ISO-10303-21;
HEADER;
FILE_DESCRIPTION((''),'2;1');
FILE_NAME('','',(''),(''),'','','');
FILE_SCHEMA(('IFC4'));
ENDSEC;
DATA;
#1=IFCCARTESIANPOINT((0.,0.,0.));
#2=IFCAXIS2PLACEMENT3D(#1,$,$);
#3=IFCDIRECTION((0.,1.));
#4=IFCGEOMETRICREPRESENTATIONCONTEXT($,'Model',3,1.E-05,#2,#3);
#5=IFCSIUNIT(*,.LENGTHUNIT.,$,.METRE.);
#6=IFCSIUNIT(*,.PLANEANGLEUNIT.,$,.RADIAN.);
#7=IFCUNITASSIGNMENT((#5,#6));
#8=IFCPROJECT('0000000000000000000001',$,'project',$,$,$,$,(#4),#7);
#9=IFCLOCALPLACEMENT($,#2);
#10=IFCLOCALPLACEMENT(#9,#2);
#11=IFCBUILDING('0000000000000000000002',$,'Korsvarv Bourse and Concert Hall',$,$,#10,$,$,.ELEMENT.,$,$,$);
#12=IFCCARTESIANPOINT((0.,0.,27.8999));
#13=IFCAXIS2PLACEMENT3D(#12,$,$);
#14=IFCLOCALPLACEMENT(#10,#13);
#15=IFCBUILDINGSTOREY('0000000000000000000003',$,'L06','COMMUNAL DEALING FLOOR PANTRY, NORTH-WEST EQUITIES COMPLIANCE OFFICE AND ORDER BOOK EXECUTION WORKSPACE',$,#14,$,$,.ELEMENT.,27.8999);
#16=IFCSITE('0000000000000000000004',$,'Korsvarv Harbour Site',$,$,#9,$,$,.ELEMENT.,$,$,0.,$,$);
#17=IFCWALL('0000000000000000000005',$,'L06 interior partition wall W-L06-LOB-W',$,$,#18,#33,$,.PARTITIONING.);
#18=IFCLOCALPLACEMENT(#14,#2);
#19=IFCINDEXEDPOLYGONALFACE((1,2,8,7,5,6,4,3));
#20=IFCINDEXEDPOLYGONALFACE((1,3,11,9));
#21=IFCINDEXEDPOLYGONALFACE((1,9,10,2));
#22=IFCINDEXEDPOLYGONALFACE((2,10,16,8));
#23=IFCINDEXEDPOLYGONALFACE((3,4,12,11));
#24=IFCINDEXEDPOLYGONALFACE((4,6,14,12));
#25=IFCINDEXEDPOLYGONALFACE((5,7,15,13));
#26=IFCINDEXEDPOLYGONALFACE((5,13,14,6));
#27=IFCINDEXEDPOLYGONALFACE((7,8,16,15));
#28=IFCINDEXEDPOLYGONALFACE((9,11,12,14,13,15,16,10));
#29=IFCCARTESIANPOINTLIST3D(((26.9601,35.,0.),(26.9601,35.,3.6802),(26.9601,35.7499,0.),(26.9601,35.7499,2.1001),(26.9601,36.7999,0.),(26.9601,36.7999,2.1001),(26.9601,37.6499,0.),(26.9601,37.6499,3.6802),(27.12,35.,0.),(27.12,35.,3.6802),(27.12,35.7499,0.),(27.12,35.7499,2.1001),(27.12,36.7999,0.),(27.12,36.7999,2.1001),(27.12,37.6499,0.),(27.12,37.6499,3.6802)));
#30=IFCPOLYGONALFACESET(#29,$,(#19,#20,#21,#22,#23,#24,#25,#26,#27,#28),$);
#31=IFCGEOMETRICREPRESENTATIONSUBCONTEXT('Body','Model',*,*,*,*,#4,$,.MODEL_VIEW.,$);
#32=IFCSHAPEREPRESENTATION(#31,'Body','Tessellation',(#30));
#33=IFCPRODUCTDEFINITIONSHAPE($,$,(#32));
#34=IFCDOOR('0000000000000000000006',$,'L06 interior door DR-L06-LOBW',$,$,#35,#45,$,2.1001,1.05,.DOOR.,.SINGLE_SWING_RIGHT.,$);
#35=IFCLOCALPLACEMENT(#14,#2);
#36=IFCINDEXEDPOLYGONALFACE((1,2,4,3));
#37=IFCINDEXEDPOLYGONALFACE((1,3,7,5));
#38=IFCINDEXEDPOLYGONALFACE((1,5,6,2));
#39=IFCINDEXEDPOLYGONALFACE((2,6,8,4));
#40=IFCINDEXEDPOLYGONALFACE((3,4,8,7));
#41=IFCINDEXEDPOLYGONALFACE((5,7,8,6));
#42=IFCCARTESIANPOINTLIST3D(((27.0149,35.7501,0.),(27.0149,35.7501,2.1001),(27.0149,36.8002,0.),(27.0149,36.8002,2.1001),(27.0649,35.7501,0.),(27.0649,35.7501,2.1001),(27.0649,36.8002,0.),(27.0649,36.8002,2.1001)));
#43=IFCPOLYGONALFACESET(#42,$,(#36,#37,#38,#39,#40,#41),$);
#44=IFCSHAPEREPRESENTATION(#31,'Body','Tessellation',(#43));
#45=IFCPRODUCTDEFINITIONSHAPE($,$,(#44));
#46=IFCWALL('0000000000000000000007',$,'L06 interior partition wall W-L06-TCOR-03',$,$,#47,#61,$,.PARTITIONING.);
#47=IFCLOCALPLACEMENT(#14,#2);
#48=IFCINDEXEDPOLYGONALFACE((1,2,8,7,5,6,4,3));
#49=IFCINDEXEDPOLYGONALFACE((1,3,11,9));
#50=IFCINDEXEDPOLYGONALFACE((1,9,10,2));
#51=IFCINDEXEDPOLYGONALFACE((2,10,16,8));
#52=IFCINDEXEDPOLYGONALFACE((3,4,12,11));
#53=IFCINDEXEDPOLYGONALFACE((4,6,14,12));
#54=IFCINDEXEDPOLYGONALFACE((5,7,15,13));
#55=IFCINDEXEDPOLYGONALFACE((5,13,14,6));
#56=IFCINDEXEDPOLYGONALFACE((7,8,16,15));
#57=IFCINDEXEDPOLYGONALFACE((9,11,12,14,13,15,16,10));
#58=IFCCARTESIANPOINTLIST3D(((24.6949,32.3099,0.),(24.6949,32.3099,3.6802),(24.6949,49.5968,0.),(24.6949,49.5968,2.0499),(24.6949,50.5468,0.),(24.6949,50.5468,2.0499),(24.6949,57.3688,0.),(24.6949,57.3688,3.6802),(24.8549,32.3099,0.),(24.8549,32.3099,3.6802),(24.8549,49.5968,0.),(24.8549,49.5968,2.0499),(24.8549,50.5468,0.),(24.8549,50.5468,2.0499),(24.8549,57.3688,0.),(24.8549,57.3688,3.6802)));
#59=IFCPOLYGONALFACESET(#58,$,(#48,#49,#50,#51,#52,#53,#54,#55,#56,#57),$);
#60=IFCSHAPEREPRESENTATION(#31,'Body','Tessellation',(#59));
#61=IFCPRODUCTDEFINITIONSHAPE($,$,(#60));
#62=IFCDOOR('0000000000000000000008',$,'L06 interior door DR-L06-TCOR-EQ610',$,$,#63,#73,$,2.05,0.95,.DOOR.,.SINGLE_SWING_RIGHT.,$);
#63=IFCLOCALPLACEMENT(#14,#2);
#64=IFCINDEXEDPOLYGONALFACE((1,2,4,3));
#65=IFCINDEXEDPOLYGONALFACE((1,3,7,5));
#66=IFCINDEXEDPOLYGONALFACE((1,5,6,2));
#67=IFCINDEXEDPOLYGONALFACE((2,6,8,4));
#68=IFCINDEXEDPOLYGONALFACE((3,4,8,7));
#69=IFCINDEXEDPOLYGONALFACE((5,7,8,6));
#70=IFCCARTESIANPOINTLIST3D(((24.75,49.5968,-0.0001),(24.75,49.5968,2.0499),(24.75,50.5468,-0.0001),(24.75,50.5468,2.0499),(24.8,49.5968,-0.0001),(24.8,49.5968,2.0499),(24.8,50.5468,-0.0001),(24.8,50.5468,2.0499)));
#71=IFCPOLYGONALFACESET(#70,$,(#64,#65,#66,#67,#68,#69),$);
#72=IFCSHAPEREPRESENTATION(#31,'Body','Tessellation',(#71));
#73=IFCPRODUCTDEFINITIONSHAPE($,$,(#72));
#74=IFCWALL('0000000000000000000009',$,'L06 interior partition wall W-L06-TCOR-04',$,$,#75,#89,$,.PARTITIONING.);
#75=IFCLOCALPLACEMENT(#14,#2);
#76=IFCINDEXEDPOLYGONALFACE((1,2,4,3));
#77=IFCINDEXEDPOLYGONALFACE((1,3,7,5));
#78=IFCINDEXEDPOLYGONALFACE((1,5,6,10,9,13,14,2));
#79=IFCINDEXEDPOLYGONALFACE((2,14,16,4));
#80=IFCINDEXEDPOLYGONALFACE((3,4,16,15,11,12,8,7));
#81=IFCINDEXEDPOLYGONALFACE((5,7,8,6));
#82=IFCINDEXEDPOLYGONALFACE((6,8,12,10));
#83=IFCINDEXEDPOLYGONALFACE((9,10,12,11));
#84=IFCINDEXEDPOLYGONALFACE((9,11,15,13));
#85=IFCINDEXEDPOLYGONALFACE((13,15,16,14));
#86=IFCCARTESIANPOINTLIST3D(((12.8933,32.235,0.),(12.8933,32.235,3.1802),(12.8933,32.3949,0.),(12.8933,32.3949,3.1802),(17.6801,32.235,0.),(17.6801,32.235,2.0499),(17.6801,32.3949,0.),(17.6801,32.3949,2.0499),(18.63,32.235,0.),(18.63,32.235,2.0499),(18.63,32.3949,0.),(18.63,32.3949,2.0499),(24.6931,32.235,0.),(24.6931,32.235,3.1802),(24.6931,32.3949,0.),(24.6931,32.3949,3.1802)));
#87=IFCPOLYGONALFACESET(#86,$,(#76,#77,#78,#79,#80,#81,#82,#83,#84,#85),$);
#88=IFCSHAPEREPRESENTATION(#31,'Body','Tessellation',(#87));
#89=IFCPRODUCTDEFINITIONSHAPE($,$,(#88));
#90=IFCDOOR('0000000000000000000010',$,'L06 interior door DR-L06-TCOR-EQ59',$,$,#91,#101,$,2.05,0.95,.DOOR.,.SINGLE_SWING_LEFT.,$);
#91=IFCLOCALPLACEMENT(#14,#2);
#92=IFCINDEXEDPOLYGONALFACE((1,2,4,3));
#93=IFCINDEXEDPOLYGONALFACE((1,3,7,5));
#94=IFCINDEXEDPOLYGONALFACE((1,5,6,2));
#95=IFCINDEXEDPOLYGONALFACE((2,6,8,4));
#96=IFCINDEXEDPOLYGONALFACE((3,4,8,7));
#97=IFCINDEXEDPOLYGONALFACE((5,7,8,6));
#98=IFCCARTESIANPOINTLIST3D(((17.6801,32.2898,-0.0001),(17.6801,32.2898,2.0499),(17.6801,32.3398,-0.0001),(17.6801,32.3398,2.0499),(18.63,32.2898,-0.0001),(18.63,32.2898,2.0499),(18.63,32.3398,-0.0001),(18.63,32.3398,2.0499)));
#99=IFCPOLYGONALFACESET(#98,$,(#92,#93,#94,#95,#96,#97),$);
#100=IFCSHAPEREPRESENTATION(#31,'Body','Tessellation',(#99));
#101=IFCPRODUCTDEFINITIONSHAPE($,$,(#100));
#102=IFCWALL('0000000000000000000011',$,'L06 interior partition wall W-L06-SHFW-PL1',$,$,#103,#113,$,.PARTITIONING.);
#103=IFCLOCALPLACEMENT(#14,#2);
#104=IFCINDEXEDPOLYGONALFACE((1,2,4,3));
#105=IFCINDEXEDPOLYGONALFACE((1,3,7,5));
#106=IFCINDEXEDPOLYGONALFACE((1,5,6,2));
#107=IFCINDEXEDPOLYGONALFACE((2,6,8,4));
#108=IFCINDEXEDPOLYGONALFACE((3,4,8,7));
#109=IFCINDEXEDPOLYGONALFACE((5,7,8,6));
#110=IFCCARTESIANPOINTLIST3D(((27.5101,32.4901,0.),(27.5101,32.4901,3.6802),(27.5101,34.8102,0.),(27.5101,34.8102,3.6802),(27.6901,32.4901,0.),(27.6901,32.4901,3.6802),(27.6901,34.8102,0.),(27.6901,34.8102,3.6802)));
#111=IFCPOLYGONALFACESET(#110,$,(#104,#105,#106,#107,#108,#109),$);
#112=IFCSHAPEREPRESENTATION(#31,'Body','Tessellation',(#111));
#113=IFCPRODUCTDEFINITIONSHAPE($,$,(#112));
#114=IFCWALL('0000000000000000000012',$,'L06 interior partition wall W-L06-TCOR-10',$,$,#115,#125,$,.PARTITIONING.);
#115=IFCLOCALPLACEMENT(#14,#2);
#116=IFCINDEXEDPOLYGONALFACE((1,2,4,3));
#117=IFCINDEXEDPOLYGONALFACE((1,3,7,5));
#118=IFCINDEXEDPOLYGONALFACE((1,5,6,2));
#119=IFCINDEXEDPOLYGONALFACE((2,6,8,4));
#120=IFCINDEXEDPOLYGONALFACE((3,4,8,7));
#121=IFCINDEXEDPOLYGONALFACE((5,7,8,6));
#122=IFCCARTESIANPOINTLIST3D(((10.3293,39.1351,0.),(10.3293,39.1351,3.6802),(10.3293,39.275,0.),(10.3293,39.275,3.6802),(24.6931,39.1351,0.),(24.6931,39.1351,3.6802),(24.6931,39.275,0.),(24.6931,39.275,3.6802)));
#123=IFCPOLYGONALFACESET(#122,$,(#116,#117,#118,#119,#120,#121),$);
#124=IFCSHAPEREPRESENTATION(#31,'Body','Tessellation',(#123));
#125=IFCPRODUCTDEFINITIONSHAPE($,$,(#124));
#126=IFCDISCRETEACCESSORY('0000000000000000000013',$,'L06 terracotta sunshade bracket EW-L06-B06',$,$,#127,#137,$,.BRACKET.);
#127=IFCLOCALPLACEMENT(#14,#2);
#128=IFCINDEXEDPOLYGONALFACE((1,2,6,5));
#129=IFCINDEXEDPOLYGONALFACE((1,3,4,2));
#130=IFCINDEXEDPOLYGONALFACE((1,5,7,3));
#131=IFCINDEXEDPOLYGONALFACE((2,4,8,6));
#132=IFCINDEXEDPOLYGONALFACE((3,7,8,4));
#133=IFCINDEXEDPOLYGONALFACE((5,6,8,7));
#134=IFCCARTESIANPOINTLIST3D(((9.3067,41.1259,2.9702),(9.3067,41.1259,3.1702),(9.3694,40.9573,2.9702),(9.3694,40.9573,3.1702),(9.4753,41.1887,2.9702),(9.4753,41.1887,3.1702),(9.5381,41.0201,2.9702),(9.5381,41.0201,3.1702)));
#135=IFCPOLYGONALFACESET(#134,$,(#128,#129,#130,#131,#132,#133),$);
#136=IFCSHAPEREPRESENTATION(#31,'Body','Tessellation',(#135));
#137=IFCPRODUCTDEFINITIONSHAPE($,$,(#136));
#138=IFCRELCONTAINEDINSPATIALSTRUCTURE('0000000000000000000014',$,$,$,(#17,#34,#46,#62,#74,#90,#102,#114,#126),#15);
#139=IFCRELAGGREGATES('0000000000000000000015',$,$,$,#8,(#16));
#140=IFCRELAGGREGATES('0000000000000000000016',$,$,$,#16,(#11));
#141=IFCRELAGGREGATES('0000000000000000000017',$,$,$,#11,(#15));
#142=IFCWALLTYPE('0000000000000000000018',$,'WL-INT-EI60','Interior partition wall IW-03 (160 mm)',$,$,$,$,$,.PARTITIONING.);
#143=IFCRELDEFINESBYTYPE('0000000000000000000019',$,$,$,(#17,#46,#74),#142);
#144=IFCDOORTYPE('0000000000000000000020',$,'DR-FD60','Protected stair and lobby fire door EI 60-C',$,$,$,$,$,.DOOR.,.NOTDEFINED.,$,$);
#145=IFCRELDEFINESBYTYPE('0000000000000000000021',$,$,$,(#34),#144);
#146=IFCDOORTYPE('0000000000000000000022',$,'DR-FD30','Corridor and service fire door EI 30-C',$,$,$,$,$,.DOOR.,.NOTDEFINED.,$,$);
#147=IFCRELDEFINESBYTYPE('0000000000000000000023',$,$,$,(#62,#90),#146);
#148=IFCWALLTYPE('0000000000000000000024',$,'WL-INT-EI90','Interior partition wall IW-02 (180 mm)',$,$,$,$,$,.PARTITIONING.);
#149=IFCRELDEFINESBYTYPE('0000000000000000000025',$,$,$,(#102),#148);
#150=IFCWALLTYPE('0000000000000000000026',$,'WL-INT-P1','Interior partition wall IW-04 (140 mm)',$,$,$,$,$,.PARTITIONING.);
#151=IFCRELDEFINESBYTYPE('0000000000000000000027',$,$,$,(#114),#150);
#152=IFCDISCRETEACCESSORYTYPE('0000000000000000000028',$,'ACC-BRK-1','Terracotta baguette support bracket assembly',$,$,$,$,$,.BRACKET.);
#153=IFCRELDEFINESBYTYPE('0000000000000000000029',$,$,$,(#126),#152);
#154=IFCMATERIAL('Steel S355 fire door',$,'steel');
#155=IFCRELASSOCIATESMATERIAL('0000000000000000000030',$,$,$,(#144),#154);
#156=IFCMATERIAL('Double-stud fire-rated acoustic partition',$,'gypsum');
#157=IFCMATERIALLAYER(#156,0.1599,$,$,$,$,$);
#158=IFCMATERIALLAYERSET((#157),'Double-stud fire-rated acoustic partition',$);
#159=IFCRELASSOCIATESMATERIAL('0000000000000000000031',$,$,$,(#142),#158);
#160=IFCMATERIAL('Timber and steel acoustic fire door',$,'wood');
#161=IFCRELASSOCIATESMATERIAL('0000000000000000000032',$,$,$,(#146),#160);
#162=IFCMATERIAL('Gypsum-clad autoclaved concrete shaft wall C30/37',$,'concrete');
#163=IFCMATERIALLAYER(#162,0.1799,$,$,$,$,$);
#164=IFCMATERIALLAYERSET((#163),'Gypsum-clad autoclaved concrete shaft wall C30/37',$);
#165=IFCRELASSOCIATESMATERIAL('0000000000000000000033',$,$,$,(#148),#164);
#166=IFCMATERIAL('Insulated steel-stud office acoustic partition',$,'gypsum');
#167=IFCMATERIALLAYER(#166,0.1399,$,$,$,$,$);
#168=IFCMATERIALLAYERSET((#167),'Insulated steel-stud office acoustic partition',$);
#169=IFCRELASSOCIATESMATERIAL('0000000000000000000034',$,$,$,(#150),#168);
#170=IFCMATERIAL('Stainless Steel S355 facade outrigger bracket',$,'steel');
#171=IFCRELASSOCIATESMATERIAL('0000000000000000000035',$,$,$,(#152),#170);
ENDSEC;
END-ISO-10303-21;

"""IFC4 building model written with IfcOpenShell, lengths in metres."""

from ifc_helpers import new_model, si_unit, direction, frame, frame_2d, origin, origin_2d, place, context, subcontext, project, spatial, rectangle, extrude, source, transform, mapped, material, layer, layer_set, type_object, element, fill, save


model = new_model("IFC4")

# Units and contexts
model_context = context("Model", 3, precision=1e-05, world=origin(), true_north=direction((0.0, 1.0)))
body_context = subcontext(model_context, "Body", "Model", "MODEL_VIEW")
ifc_project = project(units=[si_unit("LENGTHUNIT", "METRE"), si_unit("PLANEANGLEUNIT", "RADIAN")], contexts=[model_context])

# Site, building, storey
site_placement = place(None, origin())
site = spatial("IfcSite", under=ifc_project, at=site_placement, Name="Korsvarv Harbour Site", CompositionType="ELEMENT", RefElevation=0.0)
building_placement = place(site_placement, origin())
building = spatial("IfcBuilding", under=site, at=building_placement, Name="Korsvarv Bourse and Concert Hall", CompositionType="ELEMENT")
storey_placement = place(building_placement, frame((0.0, 0.0, 27.8999)))
storey = spatial("IfcBuildingStorey", under=building, at=storey_placement, Name="L06", Description="COMMUNAL DEALING FLOOR PANTRY, NORTH-WEST EQUITIES COMPLIANCE OFFICE AND ORDER BOOK EXECUTION WORKSPACE", CompositionType="ELEMENT", Elevation=27.8999)

# Shared definitions
ifc_material_1 = material(Name="Steel S355 fire door", Category="steel")
door_type_1 = type_object("IfcDoorType", Name="DR-FD60", Description="Protected stair and lobby fire door EI 60-C", OperationType="NOTDEFINED", PredefinedType="DOOR", material=ifc_material_1)

# Walls, openings, doors
ifc_material_2 = material(Name="Double-stud fire-rated acoustic partition", Category="gypsum")
ifc_layer_1 = layer(ifc_material_2, 0.1599)
ifc_layer_set_1 = layer_set([ifc_layer_1], Name="Double-stud fire-rated acoustic partition")
wall_type_1 = type_object("IfcWallType", Name="WL-INT-EI60", Description="Interior partition wall IW-03 (160 mm)", PredefinedType="PARTITIONING", material=ifc_layer_set_1)
wall_1_placement = place(storey_placement, frame((27.04, 35.0, 0.0), z_axis=(0.0, 0.0, 1.0), x_axis=(0.0, 1.0, 0.0)))
wall_1 = element("IfcWall", 1, at=wall_1_placement, inside=storey, type_object=wall_type_1, Name="L06 interior partition wall W-L06-LOB-W", PredefinedType="PARTITIONING", context=body_context, shape_type="SweptSolid", body=[
    extrude(rectangle(XDim=2.6499, YDim=0.1599, at=frame_2d((1.325, 0.0))), origin(), (0.0, 0.0, 1.0), 3.6802),
])
opening_1_placement = place(wall_1_placement, frame((0.75, 0.0, 0.0)))
opening_1 = element("IfcOpeningElement", 2, at=opening_1_placement, cuts=wall_1, PredefinedType="OPENING", context=body_context, shape_type="SweptSolid", body=[
    extrude(rectangle(XDim=1.05, YDim=2.1001, at=frame_2d((0.5249, 1.05))), frame((0.0, 0.0898, 0.0), z_axis=(0.0, -1.0, 0.0), x_axis=(1.0, 0.0, 0.0)), (0.0, 0.0, 1.0), 0.1799),
])
door_1_placement = place(opening_1_placement, frame((1.05, 0.0, 0.0), z_axis=(0.0, 0.0, 1.0), x_axis=(-1.0, 0.0, 0.0)))
door_1 = element("IfcDoor", 3, at=door_1_placement, inside=storey, type_object=door_type_1, Name="L06 interior door DR-L06-LOBW", OperationType="SINGLE_SWING_RIGHT", OverallHeight=2.1001, OverallWidth=1.05, PredefinedType="DOOR", context=body_context, shape_type="SweptSolid", body=[
    extrude(rectangle(XDim=1.05, YDim=2.1001, at=frame_2d((0.5249, 1.05))), frame((0.0, 0.0249, 0.0), z_axis=(0.0, -1.0, 0.0), x_axis=(1.0, 0.0, 0.0)), (0.0, 0.0, 1.0), 0.05),
])
fill(opening_1, door_1)
wall_2_placement = place(storey_placement, frame((24.7749, 32.3101, 0.0), z_axis=(0.0, 0.0, 1.0), x_axis=(0.0, 1.0, 0.0)))
wall_2 = element("IfcWall", 4, at=wall_2_placement, inside=storey, type_object=wall_type_1, Name="L06 interior partition wall W-L06-TCOR-03", PredefinedType="PARTITIONING", context=body_context, shape_type="SweptSolid", body=[
    extrude(rectangle(XDim=25.0588, YDim=0.1599, at=frame_2d((12.5293, 0.0))), origin(), (0.0, 0.0, 1.0), 3.6802),
])
opening_2_placement = place(wall_2_placement, frame((17.2866, 0.0, 0.0)))
opening_2 = element("IfcOpeningElement", 5, at=opening_2_placement, cuts=wall_2, PredefinedType="OPENING", context=body_context, shape_type="SweptSolid", body=[
    extrude(rectangle(XDim=0.95, YDim=2.05, at=frame_2d((0.4751, 1.0249))), frame((0.0, 0.0898, 0.0), z_axis=(0.0, -1.0, 0.0), x_axis=(1.0, 0.0, 0.0)), (0.0, 0.0, 1.0), 0.1799),
])
ifc_material_3 = material(Name="Timber and steel acoustic fire door", Category="wood")
door_type_2 = type_object("IfcDoorType", Name="DR-FD30", Description="Corridor and service fire door EI 30-C", OperationType="NOTDEFINED", PredefinedType="DOOR", material=ifc_material_3)
door_2_placement = place(opening_2_placement, origin())
door_2 = element("IfcDoor", 6, at=door_2_placement, inside=storey, type_object=door_type_2, Name="L06 interior door DR-L06-TCOR-EQ610", OperationType="SINGLE_SWING_RIGHT", OverallHeight=2.05, OverallWidth=0.95, PredefinedType="DOOR", context=body_context, shape_type="SweptSolid", body=[
    extrude(rectangle(XDim=0.95, YDim=2.05, at=frame_2d((0.4751, 1.0249))), frame((0.0, 0.0249, 0.0), z_axis=(0.0, -1.0, 0.0), x_axis=(1.0, 0.0, 0.0)), (0.0, 0.0, 1.0), 0.05),
])
fill(opening_2, door_2)
wall_3_placement = place(storey_placement, frame((12.8933, 32.3149, 0.0), z_axis=(0.0, 0.0, 1.0), x_axis=(1.0, 0.0, 0.0)))
wall_3 = element("IfcWall", 7, at=wall_3_placement, inside=storey, type_object=wall_type_1, Name="L06 interior partition wall W-L06-TCOR-04", PredefinedType="PARTITIONING", context=body_context, shape_type="SweptSolid", body=[
    extrude(rectangle(XDim=11.7998, YDim=0.1599, at=frame_2d((5.8999, 0.0))), origin(), (0.0, 0.0, 1.0), 3.1802),
])
opening_3_placement = place(wall_3_placement, frame((4.7866, 0.0, 0.0)))
opening_3 = element("IfcOpeningElement", 8, at=opening_3_placement, cuts=wall_3, PredefinedType="OPENING", context=body_context, shape_type="SweptSolid", body=[
    extrude(rectangle(XDim=0.95, YDim=2.05, at=frame_2d((0.4751, 1.0249))), frame((0.0, 0.0898, 0.0), z_axis=(0.0, -1.0, 0.0), x_axis=(1.0, 0.0, 0.0)), (0.0, 0.0, 1.0), 0.1799),
])
door_3_placement = place(opening_3_placement, origin())
door_3 = element("IfcDoor", 9, at=door_3_placement, inside=storey, type_object=door_type_2, Name="L06 interior door DR-L06-TCOR-EQ59", OperationType="SINGLE_SWING_LEFT", OverallHeight=2.05, OverallWidth=0.95, PredefinedType="DOOR", context=body_context, shape_type="SweptSolid", body=[
    extrude(rectangle(XDim=0.95, YDim=2.05, at=frame_2d((0.4751, 1.0249))), frame((0.0, 0.0249, 0.0), z_axis=(0.0, -1.0, 0.0), x_axis=(1.0, 0.0, 0.0)), (0.0, 0.0, 1.0), 0.05),
])
fill(opening_3, door_3)

# Walls
ifc_material_4 = material(Name="Gypsum-clad autoclaved concrete shaft wall C30/37", Category="concrete")
ifc_layer_2 = layer(ifc_material_4, 0.1799)
ifc_layer_set_2 = layer_set([ifc_layer_2], Name="Gypsum-clad autoclaved concrete shaft wall C30/37")
wall_type_2 = type_object("IfcWallType", Name="WL-INT-EI90", Description="Interior partition wall IW-02 (180 mm)", PredefinedType="PARTITIONING", material=ifc_layer_set_2)
wall_4_placement = place(storey_placement, frame((27.6001, 32.49, 0.0), z_axis=(0.0, 0.0, 1.0), x_axis=(0.0, 1.0, 0.0)))
element("IfcWall", 10, at=wall_4_placement, inside=storey, type_object=wall_type_2, Name="L06 interior partition wall W-L06-SHFW-PL1", PredefinedType="PARTITIONING", context=body_context, shape_type="SweptSolid", body=[
    extrude(rectangle(XDim=2.3201, YDim=0.1799, at=frame_2d((1.1602, 0.0))), origin(), (0.0, 0.0, 1.0), 3.6802),
])
ifc_material_5 = material(Name="Insulated steel-stud office acoustic partition", Category="gypsum")
ifc_layer_3 = layer(ifc_material_5, 0.1399)
ifc_layer_set_3 = layer_set([ifc_layer_3], Name="Insulated steel-stud office acoustic partition")
wall_type_3 = type_object("IfcWallType", Name="WL-INT-P1", Description="Interior partition wall IW-04 (140 mm)", PredefinedType="PARTITIONING", material=ifc_layer_set_3)
wall_5_placement = place(storey_placement, frame((10.3293, 39.2051, 0.0), z_axis=(0.0, 0.0, 1.0), x_axis=(1.0, 0.0, 0.0)))
element("IfcWall", 11, at=wall_5_placement, inside=storey, type_object=wall_type_3, Name="L06 interior partition wall W-L06-TCOR-10", PredefinedType="PARTITIONING", context=body_context, shape_type="SweptSolid", body=[
    extrude(rectangle(XDim=14.3638, YDim=0.1399, at=frame_2d((7.1819, 0.0))), origin(), (0.0, 0.0, 1.0), 3.6802),
])

# Discrete accessory
ifc_material_6 = material(Name="Stainless Steel S355 facade outrigger bracket", Category="steel")
discrete_accessory_type = type_object("IfcDiscreteAccessoryType", Name="ACC-BRK-1", Description="Terracotta baguette support bracket assembly", PredefinedType="BRACKET", material=ifc_material_6)
shared_shape_1 = source(origin(), body_context, "Body", "SweptSolid", [
    extrude(rectangle(XDim=0.1799, YDim=0.1799, at=origin_2d()), origin(), (0.0, 0.0, 1.0), 0.2),
])
discrete_accessory_placement = place(storey_placement, frame((9.4224, 41.073, 2.9702), z_axis=(0.0, 0.0, 1.0), x_axis=(0.348736, -0.937221, 0.0)))
element("IfcDiscreteAccessory", 12, at=discrete_accessory_placement, inside=storey, type_object=discrete_accessory_type, Name="L06 terracotta sunshade bracket EW-L06-B06", PredefinedType="BRACKET", context=body_context, shape_type="MappedRepresentation", body=[
    mapped(shared_shape_1, transform((0.0, 0.0, 0.0), scale=1.0)),
])

save(model, "model.ifc")
